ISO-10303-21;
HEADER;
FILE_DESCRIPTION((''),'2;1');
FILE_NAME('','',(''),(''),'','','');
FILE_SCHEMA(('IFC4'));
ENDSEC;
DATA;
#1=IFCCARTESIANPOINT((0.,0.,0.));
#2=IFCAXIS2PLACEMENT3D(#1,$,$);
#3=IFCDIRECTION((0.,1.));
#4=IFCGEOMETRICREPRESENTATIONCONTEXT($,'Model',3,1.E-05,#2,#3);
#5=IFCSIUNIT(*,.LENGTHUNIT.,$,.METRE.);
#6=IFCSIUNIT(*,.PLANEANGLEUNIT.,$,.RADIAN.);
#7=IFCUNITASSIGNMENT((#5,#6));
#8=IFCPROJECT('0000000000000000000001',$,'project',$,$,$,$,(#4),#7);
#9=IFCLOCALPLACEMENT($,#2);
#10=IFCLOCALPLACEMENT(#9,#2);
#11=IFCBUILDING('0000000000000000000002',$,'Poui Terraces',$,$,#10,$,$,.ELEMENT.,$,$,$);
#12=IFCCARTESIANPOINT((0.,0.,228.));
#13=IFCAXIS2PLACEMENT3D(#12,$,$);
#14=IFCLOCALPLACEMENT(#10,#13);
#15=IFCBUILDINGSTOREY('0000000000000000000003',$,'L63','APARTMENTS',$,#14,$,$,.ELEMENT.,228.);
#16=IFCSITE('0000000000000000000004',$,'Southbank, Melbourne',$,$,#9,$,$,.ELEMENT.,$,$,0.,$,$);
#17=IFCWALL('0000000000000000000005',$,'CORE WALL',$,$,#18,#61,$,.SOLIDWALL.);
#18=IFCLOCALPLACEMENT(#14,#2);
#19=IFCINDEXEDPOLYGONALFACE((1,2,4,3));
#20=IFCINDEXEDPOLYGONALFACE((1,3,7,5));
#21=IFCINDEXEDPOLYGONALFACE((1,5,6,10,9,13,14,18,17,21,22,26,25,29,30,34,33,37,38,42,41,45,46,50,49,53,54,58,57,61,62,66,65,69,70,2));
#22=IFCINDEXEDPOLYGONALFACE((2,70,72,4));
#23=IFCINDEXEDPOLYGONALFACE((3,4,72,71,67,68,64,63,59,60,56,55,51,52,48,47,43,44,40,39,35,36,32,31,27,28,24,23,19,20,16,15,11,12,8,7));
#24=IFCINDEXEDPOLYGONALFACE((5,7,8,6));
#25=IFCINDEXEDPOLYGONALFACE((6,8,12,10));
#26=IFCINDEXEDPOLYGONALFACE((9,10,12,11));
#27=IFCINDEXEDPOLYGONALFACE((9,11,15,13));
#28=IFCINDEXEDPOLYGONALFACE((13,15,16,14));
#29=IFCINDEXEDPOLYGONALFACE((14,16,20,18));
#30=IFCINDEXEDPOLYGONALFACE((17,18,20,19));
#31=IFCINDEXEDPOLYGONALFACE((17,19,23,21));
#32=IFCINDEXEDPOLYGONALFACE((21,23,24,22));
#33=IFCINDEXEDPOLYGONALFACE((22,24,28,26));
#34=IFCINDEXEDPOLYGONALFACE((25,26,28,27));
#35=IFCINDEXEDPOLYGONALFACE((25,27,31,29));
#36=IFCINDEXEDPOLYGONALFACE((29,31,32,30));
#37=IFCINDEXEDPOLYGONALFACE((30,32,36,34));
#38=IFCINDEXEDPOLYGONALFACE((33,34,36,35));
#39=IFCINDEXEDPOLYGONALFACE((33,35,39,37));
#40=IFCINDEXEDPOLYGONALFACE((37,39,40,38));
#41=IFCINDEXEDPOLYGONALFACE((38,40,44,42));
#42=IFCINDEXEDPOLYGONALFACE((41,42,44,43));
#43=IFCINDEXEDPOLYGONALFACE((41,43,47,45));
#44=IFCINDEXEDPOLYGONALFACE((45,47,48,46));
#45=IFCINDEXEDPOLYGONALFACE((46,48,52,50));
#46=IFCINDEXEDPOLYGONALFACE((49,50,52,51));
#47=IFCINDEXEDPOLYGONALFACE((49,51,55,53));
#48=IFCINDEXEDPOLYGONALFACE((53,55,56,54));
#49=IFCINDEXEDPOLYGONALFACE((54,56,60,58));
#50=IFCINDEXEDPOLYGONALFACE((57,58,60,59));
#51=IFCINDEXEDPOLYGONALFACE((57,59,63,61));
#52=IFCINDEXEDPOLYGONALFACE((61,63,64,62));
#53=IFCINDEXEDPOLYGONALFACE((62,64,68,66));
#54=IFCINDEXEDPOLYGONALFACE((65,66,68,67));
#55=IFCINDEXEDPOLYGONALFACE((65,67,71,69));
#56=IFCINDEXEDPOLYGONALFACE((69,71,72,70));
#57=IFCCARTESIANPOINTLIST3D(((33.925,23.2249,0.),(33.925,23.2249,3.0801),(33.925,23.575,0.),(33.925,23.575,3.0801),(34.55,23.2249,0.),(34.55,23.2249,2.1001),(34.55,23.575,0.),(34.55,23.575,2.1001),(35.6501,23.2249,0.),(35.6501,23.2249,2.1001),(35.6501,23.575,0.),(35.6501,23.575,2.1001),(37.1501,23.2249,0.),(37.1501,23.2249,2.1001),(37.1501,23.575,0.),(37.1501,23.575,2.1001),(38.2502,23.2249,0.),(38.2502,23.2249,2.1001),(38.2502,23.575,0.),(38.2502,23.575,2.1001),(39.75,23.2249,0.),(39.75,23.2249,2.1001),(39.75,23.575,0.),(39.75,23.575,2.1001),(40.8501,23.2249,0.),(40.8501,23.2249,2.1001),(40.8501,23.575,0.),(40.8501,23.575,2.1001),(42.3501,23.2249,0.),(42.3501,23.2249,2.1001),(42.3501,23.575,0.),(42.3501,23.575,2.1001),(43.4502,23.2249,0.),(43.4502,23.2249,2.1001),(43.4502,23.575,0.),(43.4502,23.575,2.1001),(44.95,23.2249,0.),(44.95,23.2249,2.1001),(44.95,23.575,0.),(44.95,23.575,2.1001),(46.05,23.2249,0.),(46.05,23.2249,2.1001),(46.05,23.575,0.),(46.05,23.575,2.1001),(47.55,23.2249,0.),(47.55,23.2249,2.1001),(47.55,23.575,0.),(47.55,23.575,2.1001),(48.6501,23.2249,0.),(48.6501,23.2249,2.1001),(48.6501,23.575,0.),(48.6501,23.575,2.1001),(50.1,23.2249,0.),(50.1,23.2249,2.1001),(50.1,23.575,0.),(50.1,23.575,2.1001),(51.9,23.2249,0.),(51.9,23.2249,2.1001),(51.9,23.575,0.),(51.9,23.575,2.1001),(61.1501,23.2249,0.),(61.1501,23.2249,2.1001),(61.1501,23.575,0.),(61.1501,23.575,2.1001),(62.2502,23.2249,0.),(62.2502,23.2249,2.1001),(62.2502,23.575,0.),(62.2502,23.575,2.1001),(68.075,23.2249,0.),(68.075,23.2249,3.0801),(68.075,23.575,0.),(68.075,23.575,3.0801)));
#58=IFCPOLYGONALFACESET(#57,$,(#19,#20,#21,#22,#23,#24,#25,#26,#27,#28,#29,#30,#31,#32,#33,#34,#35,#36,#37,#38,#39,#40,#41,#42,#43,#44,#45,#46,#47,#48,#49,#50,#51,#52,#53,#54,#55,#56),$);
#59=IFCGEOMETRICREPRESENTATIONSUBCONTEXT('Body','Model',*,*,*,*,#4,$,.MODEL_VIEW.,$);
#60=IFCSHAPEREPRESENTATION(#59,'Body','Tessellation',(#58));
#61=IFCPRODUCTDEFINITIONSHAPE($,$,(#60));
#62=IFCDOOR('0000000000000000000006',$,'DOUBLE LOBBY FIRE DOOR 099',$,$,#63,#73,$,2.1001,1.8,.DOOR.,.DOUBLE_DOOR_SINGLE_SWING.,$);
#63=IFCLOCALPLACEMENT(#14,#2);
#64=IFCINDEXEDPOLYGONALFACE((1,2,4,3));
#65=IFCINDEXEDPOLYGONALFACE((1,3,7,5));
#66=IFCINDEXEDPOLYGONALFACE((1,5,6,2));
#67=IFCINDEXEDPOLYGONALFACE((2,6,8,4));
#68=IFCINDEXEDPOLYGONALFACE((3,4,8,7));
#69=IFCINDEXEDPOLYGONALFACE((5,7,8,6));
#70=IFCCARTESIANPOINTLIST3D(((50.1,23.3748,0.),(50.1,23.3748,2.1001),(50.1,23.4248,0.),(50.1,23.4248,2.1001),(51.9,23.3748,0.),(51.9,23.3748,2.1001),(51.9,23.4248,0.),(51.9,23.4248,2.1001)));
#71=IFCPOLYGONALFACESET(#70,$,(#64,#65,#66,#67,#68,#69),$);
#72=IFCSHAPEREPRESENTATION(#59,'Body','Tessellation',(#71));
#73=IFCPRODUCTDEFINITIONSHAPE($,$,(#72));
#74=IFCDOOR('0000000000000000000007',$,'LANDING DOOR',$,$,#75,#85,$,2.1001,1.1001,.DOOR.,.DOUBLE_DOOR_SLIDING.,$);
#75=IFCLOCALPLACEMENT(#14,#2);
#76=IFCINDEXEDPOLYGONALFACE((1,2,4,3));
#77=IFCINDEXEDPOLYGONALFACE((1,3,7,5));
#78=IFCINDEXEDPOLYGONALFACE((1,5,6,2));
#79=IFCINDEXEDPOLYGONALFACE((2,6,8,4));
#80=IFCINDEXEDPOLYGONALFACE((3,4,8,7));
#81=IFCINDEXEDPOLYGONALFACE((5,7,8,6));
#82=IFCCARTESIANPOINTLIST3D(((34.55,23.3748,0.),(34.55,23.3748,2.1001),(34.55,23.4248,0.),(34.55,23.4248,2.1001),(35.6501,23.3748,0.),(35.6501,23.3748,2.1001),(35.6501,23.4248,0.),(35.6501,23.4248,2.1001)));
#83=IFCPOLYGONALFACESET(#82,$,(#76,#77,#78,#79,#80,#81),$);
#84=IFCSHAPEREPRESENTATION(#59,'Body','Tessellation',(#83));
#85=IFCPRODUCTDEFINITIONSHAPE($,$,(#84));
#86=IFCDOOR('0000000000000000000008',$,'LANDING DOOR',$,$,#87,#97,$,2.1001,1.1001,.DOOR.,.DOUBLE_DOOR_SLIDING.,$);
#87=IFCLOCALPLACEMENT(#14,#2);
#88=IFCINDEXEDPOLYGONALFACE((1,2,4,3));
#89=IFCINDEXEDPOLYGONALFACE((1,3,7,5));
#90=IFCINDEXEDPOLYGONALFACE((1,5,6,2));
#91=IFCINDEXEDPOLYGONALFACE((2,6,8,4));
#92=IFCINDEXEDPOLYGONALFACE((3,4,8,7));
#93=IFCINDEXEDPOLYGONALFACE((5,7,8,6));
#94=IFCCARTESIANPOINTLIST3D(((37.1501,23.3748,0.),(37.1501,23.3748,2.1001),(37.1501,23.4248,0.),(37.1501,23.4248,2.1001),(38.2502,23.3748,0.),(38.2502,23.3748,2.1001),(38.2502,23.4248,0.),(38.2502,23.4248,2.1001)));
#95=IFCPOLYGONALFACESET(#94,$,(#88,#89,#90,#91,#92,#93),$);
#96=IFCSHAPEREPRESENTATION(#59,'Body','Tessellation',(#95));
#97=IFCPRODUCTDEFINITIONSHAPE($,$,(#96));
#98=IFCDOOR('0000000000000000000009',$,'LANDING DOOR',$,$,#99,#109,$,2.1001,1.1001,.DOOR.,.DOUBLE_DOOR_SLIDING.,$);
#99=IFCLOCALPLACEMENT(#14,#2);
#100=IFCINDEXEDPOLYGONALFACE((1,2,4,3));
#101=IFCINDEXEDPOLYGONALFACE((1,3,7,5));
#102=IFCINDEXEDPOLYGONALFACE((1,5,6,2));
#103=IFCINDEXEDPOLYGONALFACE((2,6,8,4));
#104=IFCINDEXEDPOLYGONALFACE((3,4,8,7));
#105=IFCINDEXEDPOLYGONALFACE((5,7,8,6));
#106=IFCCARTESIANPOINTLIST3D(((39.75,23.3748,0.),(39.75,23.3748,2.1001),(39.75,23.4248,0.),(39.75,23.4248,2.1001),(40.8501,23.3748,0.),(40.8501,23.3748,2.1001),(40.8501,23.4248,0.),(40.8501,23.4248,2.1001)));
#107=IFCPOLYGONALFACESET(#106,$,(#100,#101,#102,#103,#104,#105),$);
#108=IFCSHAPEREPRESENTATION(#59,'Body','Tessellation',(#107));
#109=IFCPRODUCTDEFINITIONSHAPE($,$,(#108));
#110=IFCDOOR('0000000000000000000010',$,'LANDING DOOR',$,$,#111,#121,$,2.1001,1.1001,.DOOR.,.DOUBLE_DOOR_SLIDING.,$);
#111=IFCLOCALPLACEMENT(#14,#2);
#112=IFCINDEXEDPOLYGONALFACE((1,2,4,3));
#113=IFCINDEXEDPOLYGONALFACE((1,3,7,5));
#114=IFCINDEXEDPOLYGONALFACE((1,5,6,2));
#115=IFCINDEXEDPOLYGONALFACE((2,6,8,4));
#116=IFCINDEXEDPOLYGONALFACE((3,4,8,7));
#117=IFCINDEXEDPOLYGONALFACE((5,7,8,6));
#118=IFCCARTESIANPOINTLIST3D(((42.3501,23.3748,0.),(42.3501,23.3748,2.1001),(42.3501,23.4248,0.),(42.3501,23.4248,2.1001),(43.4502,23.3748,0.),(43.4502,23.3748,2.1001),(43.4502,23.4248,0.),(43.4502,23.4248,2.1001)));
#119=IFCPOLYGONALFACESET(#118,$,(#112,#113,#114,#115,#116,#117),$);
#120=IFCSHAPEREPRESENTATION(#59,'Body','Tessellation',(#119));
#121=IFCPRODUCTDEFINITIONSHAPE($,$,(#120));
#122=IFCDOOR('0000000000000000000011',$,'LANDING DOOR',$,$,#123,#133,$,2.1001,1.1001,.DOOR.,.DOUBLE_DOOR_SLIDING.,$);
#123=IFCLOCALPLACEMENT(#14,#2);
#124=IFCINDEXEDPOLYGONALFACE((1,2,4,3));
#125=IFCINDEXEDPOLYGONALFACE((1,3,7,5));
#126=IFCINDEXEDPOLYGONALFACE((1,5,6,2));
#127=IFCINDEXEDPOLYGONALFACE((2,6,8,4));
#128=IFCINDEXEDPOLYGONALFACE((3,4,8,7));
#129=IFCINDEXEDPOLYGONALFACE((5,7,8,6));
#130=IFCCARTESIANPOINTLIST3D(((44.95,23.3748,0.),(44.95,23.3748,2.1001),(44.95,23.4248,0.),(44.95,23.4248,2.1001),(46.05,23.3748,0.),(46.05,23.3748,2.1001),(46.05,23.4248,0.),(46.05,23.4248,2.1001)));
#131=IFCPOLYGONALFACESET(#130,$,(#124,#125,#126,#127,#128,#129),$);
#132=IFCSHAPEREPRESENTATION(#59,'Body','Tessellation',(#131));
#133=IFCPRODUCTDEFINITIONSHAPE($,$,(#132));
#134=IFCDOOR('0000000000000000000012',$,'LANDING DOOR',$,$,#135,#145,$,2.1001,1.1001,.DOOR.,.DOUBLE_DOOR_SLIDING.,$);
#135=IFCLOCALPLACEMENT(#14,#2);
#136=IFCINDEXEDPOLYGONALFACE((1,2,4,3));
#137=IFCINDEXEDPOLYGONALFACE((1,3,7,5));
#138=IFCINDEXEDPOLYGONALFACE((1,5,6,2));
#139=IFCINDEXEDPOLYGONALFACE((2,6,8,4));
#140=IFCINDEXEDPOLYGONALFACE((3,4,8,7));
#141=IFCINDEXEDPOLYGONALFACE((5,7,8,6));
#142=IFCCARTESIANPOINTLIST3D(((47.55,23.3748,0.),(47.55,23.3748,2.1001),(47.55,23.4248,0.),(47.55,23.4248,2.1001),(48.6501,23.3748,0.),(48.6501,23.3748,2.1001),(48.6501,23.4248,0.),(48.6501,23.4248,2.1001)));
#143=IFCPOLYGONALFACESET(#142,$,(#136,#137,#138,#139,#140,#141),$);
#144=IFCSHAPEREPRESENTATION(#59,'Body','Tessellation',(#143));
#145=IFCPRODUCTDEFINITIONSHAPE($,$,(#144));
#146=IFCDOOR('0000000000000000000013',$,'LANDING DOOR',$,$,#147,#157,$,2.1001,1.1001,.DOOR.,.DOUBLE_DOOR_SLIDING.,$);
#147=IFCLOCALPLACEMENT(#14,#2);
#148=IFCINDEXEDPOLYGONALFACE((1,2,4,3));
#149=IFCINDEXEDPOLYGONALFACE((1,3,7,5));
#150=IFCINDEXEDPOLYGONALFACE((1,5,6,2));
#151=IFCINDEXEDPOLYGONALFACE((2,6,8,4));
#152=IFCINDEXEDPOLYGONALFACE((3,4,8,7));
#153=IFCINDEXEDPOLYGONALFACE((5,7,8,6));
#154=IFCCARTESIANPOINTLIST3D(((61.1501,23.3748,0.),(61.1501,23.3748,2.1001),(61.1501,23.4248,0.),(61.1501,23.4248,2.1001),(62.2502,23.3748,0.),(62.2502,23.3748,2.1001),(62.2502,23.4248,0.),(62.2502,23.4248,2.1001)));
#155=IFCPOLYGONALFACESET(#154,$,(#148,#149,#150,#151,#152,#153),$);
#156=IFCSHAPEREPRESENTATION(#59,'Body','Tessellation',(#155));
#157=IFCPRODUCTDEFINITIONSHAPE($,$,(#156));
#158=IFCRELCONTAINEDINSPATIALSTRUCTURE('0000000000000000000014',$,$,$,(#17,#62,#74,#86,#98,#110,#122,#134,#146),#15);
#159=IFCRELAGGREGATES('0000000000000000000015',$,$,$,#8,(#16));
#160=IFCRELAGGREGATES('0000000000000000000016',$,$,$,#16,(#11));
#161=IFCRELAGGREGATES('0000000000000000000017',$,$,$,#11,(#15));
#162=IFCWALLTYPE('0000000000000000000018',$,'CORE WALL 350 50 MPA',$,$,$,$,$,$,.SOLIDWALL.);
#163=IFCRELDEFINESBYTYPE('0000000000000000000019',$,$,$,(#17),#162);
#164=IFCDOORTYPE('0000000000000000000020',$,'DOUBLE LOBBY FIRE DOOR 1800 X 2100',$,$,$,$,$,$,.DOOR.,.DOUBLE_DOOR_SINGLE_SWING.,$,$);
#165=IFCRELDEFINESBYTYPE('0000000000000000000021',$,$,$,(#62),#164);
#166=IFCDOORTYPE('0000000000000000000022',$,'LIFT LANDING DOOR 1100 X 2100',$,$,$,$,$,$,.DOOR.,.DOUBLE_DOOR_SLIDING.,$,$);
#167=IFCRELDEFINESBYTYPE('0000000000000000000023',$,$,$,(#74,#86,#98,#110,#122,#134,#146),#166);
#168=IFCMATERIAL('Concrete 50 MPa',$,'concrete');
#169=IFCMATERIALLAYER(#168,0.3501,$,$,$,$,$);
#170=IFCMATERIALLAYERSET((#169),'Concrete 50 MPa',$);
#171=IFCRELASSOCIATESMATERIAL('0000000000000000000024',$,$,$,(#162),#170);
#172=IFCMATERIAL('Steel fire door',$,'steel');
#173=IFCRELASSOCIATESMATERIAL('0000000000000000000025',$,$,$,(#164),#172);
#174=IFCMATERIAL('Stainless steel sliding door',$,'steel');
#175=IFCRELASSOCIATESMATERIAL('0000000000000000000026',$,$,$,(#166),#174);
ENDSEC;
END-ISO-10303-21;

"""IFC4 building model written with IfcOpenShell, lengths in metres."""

from ifc_helpers import new_model, si_unit, direction, frame, frame_2d, origin, place, context, subcontext, project, spatial, rectangle, extrude, material, layer, layer_set, type_object, element, fill, save


model = new_model("IFC4")

# Units and contexts
model_context = context("Model", 3, precision=1e-05, world=origin(), true_north=direction((0.0, 1.0)))
body_context = subcontext(model_context, "Body", "Model", "MODEL_VIEW")
ifc_project = project(units=[si_unit("LENGTHUNIT", "METRE"), si_unit("PLANEANGLEUNIT", "RADIAN")], contexts=[model_context])

# Site, building, storey
site_placement = place(None, origin())
site = spatial("IfcSite", under=ifc_project, at=site_placement, Name="Southbank, Melbourne", CompositionType="ELEMENT", RefElevation=0.0)
building_placement = place(site_placement, origin())
building = spatial("IfcBuilding", under=site, at=building_placement, Name="Poui Terraces", CompositionType="ELEMENT")
storey_placement = place(building_placement, frame((0.0, 0.0, 228.0)))
storey = spatial("IfcBuildingStorey", under=building, at=storey_placement, Name="L63", Description="APARTMENTS", CompositionType="ELEMENT", Elevation=228.0)

# Shared definitions
ifc_material_1 = material(Name="Concrete 50 MPa", Category="concrete")

# Wall, openings, doors
ifc_layer_1 = layer(ifc_material_1, 0.3501)
ifc_layer_set_1 = layer_set([ifc_layer_1], Name="Concrete 50 MPa")
wall_type_1 = type_object("IfcWallType", Name="CORE WALL 350 50 MPA", PredefinedType="SOLIDWALL", material=ifc_layer_set_1)
wall_1_placement = place(storey_placement, frame((33.925, 23.3999, 0.0), z_axis=(0.0, 0.0, 1.0), x_axis=(1.0, 0.0, 0.0)))
wall_1 = element("IfcWall", 1, at=wall_1_placement, inside=storey, type_object=wall_type_1, Name="CORE WALL", PredefinedType="SOLIDWALL", context=body_context, shape_type="SweptSolid", body=[
    extrude(rectangle(XDim=34.1499, YDim=0.3501, at=frame_2d((17.075, 0.0))), origin(), (0.0, 0.0, 1.0), 3.0801),
])
opening_1_placement = place(wall_1_placement, frame((16.175, 0.0, 0.0)))
opening_1 = element("IfcOpeningElement", 2, at=opening_1_placement, cuts=wall_1, PredefinedType="OPENING", context=body_context, shape_type="SweptSolid", body=[
    extrude(rectangle(XDim=1.8, YDim=2.1001, at=frame_2d((0.8999, 1.05))), frame((0.0, 0.1851, 0.0), z_axis=(0.0, -1.0, 0.0), x_axis=(1.0, 0.0, 0.0)), (0.0, 0.0, 1.0), 0.3701),
])
opening_2_placement = place(wall_1_placement, frame((0.625, 0.0, 0.0)))
opening_2 = element("IfcOpeningElement", 3, at=opening_2_placement, cuts=wall_1, PredefinedType="OPENING", context=body_context, shape_type="SweptSolid", body=[
    extrude(rectangle(XDim=1.1001, YDim=2.1001, at=frame_2d((0.55, 1.05))), frame((0.0, 0.1851, 0.0), z_axis=(0.0, -1.0, 0.0), x_axis=(1.0, 0.0, 0.0)), (0.0, 0.0, 1.0), 0.3701),
])
opening_3_placement = place(wall_1_placement, frame((3.2251, 0.0, 0.0)))
opening_3 = element("IfcOpeningElement", 4, at=opening_3_placement, cuts=wall_1, PredefinedType="OPENING", context=body_context, shape_type="SweptSolid", body=[
    extrude(rectangle(XDim=1.1001, YDim=2.1001, at=frame_2d((0.55, 1.05))), frame((0.0, 0.1851, 0.0), z_axis=(0.0, -1.0, 0.0), x_axis=(1.0, 0.0, 0.0)), (0.0, 0.0, 1.0), 0.3701),
])
opening_4_placement = place(wall_1_placement, frame((5.825, 0.0, 0.0)))
opening_4 = element("IfcOpeningElement", 5, at=opening_4_placement, cuts=wall_1, PredefinedType="OPENING", context=body_context, shape_type="SweptSolid", body=[
    extrude(rectangle(XDim=1.1001, YDim=2.1001, at=frame_2d((0.55, 1.05))), frame((0.0, 0.1851, 0.0), z_axis=(0.0, -1.0, 0.0), x_axis=(1.0, 0.0, 0.0)), (0.0, 0.0, 1.0), 0.3701),
])
opening_5_placement = place(wall_1_placement, frame((8.425, 0.0, 0.0)))
opening_5 = element("IfcOpeningElement", 6, at=opening_5_placement, cuts=wall_1, PredefinedType="OPENING", context=body_context, shape_type="SweptSolid", body=[
    extrude(rectangle(XDim=1.1001, YDim=2.1001, at=frame_2d((0.55, 1.05))), frame((0.0, 0.1851, 0.0), z_axis=(0.0, -1.0, 0.0), x_axis=(1.0, 0.0, 0.0)), (0.0, 0.0, 1.0), 0.3701),
])
opening_6_placement = place(wall_1_placement, frame((11.0249, 0.0, 0.0)))
opening_6 = element("IfcOpeningElement", 7, at=opening_6_placement, cuts=wall_1, PredefinedType="OPENING", context=body_context, shape_type="SweptSolid", body=[
    extrude(rectangle(XDim=1.1001, YDim=2.1001, at=frame_2d((0.55, 1.05))), frame((0.0, 0.1851, 0.0), z_axis=(0.0, -1.0, 0.0), x_axis=(1.0, 0.0, 0.0)), (0.0, 0.0, 1.0), 0.3701),
])
opening_7_placement = place(wall_1_placement, frame((13.625, 0.0, 0.0)))
opening_7 = element("IfcOpeningElement", 8, at=opening_7_placement, cuts=wall_1, PredefinedType="OPENING", context=body_context, shape_type="SweptSolid", body=[
    extrude(rectangle(XDim=1.1001, YDim=2.1001, at=frame_2d((0.55, 1.05))), frame((0.0, 0.1851, 0.0), z_axis=(0.0, -1.0, 0.0), x_axis=(1.0, 0.0, 0.0)), (0.0, 0.0, 1.0), 0.3701),
])
opening_8_placement = place(wall_1_placement, frame((27.2251, 0.0, 0.0)))
opening_8 = element("IfcOpeningElement", 9, at=opening_8_placement, cuts=wall_1, PredefinedType="OPENING", context=body_context, shape_type="SweptSolid", body=[
    extrude(rectangle(XDim=1.1001, YDim=2.1001, at=frame_2d((0.55, 1.05))), frame((0.0, 0.1851, 0.0), z_axis=(0.0, -1.0, 0.0), x_axis=(1.0, 0.0, 0.0)), (0.0, 0.0, 1.0), 0.3701),
])
ifc_material_2 = material(Name="Steel fire door", Category="steel")
door_type_1 = type_object("IfcDoorType", Name="DOUBLE LOBBY FIRE DOOR 1800 X 2100", OperationType="DOUBLE_DOOR_SINGLE_SWING", PredefinedType="DOOR", material=ifc_material_2)
door_1_placement = place(opening_1_placement, origin())
door_1 = element("IfcDoor", 10, at=door_1_placement, inside=storey, type_object=door_type_1, Name="DOUBLE LOBBY FIRE DOOR 099", OperationType="DOUBLE_DOOR_SINGLE_SWING", OverallHeight=2.1001, OverallWidth=1.8, PredefinedType="DOOR", context=body_context, shape_type="SweptSolid", body=[
    extrude(rectangle(XDim=1.8, YDim=2.1001, at=frame_2d((0.8999, 1.05))), frame((0.0, 0.0249, 0.0), z_axis=(0.0, -1.0, 0.0), x_axis=(1.0, 0.0, 0.0)), (0.0, 0.0, 1.0), 0.05),
])
fill(opening_1, door_1)
ifc_material_3 = material(Name="Stainless steel sliding door", Category="steel")
door_type_2 = type_object("IfcDoorType", Name="LIFT LANDING DOOR 1100 X 2100", OperationType="DOUBLE_DOOR_SLIDING", PredefinedType="DOOR", material=ifc_material_3)
door_2_placement = place(opening_2_placement, origin())
door_2 = element("IfcDoor", 11, at=door_2_placement, inside=storey, type_object=door_type_2, Name="LANDING DOOR", OperationType="DOUBLE_DOOR_SLIDING", OverallHeight=2.1001, OverallWidth=1.1001, PredefinedType="DOOR", context=body_context, shape_type="SweptSolid", body=[
    extrude(rectangle(XDim=1.1001, YDim=2.1001, at=frame_2d((0.55, 1.05))), frame((0.0, 0.0249, 0.0), z_axis=(0.0, -1.0, 0.0), x_axis=(1.0, 0.0, 0.0)), (0.0, 0.0, 1.0), 0.05),
])
fill(opening_2, door_2)
door_3_placement = place(opening_3_placement, origin())
door_3 = element("IfcDoor", 12, at=door_3_placement, inside=storey, type_object=door_type_2, Name="LANDING DOOR", OperationType="DOUBLE_DOOR_SLIDING", OverallHeight=2.1001, OverallWidth=1.1001, PredefinedType="DOOR", context=body_context, shape_type="SweptSolid", body=[
    extrude(rectangle(XDim=1.1001, YDim=2.1001, at=frame_2d((0.55, 1.05))), frame((0.0, 0.0249, 0.0), z_axis=(0.0, -1.0, 0.0), x_axis=(1.0, 0.0, 0.0)), (0.0, 0.0, 1.0), 0.05),
])
fill(opening_3, door_3)
door_4_placement = place(opening_4_placement, origin())
door_4 = element("IfcDoor", 13, at=door_4_placement, inside=storey, type_object=door_type_2, Name="LANDING DOOR", OperationType="DOUBLE_DOOR_SLIDING", OverallHeight=2.1001, OverallWidth=1.1001, PredefinedType="DOOR", context=body_context, shape_type="SweptSolid", body=[
    extrude(rectangle(XDim=1.1001, YDim=2.1001, at=frame_2d((0.55, 1.05))), frame((0.0, 0.0249, 0.0), z_axis=(0.0, -1.0, 0.0), x_axis=(1.0, 0.0, 0.0)), (0.0, 0.0, 1.0), 0.05),
])
fill(opening_4, door_4)
door_5_placement = place(opening_5_placement, origin())
door_5 = element("IfcDoor", 14, at=door_5_placement, inside=storey, type_object=door_type_2, Name="LANDING DOOR", OperationType="DOUBLE_DOOR_SLIDING", OverallHeight=2.1001, OverallWidth=1.1001, PredefinedType="DOOR", context=body_context, shape_type="SweptSolid", body=[
    extrude(rectangle(XDim=1.1001, YDim=2.1001, at=frame_2d((0.55, 1.05))), frame((0.0, 0.0249, 0.0), z_axis=(0.0, -1.0, 0.0), x_axis=(1.0, 0.0, 0.0)), (0.0, 0.0, 1.0), 0.05),
])
fill(opening_5, door_5)
door_6_placement = place(opening_6_placement, origin())
door_6 = element("IfcDoor", 15, at=door_6_placement, inside=storey, type_object=door_type_2, Name="LANDING DOOR", OperationType="DOUBLE_DOOR_SLIDING", OverallHeight=2.1001, OverallWidth=1.1001, PredefinedType="DOOR", context=body_context, shape_type="SweptSolid", body=[
    extrude(rectangle(XDim=1.1001, YDim=2.1001, at=frame_2d((0.55, 1.05))), frame((0.0, 0.0249, 0.0), z_axis=(0.0, -1.0, 0.0), x_axis=(1.0, 0.0, 0.0)), (0.0, 0.0, 1.0), 0.05),
])
fill(opening_6, door_6)
door_7_placement = place(opening_7_placement, origin())
door_7 = element("IfcDoor", 16, at=door_7_placement, inside=storey, type_object=door_type_2, Name="LANDING DOOR", OperationType="DOUBLE_DOOR_SLIDING", OverallHeight=2.1001, OverallWidth=1.1001, PredefinedType="DOOR", context=body_context, shape_type="SweptSolid", body=[
    extrude(rectangle(XDim=1.1001, YDim=2.1001, at=frame_2d((0.55, 1.05))), frame((0.0, 0.0249, 0.0), z_axis=(0.0, -1.0, 0.0), x_axis=(1.0, 0.0, 0.0)), (0.0, 0.0, 1.0), 0.05),
])
fill(opening_7, door_7)
door_8_placement = place(opening_8_placement, origin())
door_8 = element("IfcDoor", 17, at=door_8_placement, inside=storey, type_object=door_type_2, Name="LANDING DOOR", OperationType="DOUBLE_DOOR_SLIDING", OverallHeight=2.1001, OverallWidth=1.1001, PredefinedType="DOOR", context=body_context, shape_type="SweptSolid", body=[
    extrude(rectangle(XDim=1.1001, YDim=2.1001, at=frame_2d((0.55, 1.05))), frame((0.0, 0.0249, 0.0), z_axis=(0.0, -1.0, 0.0), x_axis=(1.0, 0.0, 0.0)), (0.0, 0.0, 1.0), 0.05),
])
fill(opening_8, door_8)

save(model, "model.ifc")
